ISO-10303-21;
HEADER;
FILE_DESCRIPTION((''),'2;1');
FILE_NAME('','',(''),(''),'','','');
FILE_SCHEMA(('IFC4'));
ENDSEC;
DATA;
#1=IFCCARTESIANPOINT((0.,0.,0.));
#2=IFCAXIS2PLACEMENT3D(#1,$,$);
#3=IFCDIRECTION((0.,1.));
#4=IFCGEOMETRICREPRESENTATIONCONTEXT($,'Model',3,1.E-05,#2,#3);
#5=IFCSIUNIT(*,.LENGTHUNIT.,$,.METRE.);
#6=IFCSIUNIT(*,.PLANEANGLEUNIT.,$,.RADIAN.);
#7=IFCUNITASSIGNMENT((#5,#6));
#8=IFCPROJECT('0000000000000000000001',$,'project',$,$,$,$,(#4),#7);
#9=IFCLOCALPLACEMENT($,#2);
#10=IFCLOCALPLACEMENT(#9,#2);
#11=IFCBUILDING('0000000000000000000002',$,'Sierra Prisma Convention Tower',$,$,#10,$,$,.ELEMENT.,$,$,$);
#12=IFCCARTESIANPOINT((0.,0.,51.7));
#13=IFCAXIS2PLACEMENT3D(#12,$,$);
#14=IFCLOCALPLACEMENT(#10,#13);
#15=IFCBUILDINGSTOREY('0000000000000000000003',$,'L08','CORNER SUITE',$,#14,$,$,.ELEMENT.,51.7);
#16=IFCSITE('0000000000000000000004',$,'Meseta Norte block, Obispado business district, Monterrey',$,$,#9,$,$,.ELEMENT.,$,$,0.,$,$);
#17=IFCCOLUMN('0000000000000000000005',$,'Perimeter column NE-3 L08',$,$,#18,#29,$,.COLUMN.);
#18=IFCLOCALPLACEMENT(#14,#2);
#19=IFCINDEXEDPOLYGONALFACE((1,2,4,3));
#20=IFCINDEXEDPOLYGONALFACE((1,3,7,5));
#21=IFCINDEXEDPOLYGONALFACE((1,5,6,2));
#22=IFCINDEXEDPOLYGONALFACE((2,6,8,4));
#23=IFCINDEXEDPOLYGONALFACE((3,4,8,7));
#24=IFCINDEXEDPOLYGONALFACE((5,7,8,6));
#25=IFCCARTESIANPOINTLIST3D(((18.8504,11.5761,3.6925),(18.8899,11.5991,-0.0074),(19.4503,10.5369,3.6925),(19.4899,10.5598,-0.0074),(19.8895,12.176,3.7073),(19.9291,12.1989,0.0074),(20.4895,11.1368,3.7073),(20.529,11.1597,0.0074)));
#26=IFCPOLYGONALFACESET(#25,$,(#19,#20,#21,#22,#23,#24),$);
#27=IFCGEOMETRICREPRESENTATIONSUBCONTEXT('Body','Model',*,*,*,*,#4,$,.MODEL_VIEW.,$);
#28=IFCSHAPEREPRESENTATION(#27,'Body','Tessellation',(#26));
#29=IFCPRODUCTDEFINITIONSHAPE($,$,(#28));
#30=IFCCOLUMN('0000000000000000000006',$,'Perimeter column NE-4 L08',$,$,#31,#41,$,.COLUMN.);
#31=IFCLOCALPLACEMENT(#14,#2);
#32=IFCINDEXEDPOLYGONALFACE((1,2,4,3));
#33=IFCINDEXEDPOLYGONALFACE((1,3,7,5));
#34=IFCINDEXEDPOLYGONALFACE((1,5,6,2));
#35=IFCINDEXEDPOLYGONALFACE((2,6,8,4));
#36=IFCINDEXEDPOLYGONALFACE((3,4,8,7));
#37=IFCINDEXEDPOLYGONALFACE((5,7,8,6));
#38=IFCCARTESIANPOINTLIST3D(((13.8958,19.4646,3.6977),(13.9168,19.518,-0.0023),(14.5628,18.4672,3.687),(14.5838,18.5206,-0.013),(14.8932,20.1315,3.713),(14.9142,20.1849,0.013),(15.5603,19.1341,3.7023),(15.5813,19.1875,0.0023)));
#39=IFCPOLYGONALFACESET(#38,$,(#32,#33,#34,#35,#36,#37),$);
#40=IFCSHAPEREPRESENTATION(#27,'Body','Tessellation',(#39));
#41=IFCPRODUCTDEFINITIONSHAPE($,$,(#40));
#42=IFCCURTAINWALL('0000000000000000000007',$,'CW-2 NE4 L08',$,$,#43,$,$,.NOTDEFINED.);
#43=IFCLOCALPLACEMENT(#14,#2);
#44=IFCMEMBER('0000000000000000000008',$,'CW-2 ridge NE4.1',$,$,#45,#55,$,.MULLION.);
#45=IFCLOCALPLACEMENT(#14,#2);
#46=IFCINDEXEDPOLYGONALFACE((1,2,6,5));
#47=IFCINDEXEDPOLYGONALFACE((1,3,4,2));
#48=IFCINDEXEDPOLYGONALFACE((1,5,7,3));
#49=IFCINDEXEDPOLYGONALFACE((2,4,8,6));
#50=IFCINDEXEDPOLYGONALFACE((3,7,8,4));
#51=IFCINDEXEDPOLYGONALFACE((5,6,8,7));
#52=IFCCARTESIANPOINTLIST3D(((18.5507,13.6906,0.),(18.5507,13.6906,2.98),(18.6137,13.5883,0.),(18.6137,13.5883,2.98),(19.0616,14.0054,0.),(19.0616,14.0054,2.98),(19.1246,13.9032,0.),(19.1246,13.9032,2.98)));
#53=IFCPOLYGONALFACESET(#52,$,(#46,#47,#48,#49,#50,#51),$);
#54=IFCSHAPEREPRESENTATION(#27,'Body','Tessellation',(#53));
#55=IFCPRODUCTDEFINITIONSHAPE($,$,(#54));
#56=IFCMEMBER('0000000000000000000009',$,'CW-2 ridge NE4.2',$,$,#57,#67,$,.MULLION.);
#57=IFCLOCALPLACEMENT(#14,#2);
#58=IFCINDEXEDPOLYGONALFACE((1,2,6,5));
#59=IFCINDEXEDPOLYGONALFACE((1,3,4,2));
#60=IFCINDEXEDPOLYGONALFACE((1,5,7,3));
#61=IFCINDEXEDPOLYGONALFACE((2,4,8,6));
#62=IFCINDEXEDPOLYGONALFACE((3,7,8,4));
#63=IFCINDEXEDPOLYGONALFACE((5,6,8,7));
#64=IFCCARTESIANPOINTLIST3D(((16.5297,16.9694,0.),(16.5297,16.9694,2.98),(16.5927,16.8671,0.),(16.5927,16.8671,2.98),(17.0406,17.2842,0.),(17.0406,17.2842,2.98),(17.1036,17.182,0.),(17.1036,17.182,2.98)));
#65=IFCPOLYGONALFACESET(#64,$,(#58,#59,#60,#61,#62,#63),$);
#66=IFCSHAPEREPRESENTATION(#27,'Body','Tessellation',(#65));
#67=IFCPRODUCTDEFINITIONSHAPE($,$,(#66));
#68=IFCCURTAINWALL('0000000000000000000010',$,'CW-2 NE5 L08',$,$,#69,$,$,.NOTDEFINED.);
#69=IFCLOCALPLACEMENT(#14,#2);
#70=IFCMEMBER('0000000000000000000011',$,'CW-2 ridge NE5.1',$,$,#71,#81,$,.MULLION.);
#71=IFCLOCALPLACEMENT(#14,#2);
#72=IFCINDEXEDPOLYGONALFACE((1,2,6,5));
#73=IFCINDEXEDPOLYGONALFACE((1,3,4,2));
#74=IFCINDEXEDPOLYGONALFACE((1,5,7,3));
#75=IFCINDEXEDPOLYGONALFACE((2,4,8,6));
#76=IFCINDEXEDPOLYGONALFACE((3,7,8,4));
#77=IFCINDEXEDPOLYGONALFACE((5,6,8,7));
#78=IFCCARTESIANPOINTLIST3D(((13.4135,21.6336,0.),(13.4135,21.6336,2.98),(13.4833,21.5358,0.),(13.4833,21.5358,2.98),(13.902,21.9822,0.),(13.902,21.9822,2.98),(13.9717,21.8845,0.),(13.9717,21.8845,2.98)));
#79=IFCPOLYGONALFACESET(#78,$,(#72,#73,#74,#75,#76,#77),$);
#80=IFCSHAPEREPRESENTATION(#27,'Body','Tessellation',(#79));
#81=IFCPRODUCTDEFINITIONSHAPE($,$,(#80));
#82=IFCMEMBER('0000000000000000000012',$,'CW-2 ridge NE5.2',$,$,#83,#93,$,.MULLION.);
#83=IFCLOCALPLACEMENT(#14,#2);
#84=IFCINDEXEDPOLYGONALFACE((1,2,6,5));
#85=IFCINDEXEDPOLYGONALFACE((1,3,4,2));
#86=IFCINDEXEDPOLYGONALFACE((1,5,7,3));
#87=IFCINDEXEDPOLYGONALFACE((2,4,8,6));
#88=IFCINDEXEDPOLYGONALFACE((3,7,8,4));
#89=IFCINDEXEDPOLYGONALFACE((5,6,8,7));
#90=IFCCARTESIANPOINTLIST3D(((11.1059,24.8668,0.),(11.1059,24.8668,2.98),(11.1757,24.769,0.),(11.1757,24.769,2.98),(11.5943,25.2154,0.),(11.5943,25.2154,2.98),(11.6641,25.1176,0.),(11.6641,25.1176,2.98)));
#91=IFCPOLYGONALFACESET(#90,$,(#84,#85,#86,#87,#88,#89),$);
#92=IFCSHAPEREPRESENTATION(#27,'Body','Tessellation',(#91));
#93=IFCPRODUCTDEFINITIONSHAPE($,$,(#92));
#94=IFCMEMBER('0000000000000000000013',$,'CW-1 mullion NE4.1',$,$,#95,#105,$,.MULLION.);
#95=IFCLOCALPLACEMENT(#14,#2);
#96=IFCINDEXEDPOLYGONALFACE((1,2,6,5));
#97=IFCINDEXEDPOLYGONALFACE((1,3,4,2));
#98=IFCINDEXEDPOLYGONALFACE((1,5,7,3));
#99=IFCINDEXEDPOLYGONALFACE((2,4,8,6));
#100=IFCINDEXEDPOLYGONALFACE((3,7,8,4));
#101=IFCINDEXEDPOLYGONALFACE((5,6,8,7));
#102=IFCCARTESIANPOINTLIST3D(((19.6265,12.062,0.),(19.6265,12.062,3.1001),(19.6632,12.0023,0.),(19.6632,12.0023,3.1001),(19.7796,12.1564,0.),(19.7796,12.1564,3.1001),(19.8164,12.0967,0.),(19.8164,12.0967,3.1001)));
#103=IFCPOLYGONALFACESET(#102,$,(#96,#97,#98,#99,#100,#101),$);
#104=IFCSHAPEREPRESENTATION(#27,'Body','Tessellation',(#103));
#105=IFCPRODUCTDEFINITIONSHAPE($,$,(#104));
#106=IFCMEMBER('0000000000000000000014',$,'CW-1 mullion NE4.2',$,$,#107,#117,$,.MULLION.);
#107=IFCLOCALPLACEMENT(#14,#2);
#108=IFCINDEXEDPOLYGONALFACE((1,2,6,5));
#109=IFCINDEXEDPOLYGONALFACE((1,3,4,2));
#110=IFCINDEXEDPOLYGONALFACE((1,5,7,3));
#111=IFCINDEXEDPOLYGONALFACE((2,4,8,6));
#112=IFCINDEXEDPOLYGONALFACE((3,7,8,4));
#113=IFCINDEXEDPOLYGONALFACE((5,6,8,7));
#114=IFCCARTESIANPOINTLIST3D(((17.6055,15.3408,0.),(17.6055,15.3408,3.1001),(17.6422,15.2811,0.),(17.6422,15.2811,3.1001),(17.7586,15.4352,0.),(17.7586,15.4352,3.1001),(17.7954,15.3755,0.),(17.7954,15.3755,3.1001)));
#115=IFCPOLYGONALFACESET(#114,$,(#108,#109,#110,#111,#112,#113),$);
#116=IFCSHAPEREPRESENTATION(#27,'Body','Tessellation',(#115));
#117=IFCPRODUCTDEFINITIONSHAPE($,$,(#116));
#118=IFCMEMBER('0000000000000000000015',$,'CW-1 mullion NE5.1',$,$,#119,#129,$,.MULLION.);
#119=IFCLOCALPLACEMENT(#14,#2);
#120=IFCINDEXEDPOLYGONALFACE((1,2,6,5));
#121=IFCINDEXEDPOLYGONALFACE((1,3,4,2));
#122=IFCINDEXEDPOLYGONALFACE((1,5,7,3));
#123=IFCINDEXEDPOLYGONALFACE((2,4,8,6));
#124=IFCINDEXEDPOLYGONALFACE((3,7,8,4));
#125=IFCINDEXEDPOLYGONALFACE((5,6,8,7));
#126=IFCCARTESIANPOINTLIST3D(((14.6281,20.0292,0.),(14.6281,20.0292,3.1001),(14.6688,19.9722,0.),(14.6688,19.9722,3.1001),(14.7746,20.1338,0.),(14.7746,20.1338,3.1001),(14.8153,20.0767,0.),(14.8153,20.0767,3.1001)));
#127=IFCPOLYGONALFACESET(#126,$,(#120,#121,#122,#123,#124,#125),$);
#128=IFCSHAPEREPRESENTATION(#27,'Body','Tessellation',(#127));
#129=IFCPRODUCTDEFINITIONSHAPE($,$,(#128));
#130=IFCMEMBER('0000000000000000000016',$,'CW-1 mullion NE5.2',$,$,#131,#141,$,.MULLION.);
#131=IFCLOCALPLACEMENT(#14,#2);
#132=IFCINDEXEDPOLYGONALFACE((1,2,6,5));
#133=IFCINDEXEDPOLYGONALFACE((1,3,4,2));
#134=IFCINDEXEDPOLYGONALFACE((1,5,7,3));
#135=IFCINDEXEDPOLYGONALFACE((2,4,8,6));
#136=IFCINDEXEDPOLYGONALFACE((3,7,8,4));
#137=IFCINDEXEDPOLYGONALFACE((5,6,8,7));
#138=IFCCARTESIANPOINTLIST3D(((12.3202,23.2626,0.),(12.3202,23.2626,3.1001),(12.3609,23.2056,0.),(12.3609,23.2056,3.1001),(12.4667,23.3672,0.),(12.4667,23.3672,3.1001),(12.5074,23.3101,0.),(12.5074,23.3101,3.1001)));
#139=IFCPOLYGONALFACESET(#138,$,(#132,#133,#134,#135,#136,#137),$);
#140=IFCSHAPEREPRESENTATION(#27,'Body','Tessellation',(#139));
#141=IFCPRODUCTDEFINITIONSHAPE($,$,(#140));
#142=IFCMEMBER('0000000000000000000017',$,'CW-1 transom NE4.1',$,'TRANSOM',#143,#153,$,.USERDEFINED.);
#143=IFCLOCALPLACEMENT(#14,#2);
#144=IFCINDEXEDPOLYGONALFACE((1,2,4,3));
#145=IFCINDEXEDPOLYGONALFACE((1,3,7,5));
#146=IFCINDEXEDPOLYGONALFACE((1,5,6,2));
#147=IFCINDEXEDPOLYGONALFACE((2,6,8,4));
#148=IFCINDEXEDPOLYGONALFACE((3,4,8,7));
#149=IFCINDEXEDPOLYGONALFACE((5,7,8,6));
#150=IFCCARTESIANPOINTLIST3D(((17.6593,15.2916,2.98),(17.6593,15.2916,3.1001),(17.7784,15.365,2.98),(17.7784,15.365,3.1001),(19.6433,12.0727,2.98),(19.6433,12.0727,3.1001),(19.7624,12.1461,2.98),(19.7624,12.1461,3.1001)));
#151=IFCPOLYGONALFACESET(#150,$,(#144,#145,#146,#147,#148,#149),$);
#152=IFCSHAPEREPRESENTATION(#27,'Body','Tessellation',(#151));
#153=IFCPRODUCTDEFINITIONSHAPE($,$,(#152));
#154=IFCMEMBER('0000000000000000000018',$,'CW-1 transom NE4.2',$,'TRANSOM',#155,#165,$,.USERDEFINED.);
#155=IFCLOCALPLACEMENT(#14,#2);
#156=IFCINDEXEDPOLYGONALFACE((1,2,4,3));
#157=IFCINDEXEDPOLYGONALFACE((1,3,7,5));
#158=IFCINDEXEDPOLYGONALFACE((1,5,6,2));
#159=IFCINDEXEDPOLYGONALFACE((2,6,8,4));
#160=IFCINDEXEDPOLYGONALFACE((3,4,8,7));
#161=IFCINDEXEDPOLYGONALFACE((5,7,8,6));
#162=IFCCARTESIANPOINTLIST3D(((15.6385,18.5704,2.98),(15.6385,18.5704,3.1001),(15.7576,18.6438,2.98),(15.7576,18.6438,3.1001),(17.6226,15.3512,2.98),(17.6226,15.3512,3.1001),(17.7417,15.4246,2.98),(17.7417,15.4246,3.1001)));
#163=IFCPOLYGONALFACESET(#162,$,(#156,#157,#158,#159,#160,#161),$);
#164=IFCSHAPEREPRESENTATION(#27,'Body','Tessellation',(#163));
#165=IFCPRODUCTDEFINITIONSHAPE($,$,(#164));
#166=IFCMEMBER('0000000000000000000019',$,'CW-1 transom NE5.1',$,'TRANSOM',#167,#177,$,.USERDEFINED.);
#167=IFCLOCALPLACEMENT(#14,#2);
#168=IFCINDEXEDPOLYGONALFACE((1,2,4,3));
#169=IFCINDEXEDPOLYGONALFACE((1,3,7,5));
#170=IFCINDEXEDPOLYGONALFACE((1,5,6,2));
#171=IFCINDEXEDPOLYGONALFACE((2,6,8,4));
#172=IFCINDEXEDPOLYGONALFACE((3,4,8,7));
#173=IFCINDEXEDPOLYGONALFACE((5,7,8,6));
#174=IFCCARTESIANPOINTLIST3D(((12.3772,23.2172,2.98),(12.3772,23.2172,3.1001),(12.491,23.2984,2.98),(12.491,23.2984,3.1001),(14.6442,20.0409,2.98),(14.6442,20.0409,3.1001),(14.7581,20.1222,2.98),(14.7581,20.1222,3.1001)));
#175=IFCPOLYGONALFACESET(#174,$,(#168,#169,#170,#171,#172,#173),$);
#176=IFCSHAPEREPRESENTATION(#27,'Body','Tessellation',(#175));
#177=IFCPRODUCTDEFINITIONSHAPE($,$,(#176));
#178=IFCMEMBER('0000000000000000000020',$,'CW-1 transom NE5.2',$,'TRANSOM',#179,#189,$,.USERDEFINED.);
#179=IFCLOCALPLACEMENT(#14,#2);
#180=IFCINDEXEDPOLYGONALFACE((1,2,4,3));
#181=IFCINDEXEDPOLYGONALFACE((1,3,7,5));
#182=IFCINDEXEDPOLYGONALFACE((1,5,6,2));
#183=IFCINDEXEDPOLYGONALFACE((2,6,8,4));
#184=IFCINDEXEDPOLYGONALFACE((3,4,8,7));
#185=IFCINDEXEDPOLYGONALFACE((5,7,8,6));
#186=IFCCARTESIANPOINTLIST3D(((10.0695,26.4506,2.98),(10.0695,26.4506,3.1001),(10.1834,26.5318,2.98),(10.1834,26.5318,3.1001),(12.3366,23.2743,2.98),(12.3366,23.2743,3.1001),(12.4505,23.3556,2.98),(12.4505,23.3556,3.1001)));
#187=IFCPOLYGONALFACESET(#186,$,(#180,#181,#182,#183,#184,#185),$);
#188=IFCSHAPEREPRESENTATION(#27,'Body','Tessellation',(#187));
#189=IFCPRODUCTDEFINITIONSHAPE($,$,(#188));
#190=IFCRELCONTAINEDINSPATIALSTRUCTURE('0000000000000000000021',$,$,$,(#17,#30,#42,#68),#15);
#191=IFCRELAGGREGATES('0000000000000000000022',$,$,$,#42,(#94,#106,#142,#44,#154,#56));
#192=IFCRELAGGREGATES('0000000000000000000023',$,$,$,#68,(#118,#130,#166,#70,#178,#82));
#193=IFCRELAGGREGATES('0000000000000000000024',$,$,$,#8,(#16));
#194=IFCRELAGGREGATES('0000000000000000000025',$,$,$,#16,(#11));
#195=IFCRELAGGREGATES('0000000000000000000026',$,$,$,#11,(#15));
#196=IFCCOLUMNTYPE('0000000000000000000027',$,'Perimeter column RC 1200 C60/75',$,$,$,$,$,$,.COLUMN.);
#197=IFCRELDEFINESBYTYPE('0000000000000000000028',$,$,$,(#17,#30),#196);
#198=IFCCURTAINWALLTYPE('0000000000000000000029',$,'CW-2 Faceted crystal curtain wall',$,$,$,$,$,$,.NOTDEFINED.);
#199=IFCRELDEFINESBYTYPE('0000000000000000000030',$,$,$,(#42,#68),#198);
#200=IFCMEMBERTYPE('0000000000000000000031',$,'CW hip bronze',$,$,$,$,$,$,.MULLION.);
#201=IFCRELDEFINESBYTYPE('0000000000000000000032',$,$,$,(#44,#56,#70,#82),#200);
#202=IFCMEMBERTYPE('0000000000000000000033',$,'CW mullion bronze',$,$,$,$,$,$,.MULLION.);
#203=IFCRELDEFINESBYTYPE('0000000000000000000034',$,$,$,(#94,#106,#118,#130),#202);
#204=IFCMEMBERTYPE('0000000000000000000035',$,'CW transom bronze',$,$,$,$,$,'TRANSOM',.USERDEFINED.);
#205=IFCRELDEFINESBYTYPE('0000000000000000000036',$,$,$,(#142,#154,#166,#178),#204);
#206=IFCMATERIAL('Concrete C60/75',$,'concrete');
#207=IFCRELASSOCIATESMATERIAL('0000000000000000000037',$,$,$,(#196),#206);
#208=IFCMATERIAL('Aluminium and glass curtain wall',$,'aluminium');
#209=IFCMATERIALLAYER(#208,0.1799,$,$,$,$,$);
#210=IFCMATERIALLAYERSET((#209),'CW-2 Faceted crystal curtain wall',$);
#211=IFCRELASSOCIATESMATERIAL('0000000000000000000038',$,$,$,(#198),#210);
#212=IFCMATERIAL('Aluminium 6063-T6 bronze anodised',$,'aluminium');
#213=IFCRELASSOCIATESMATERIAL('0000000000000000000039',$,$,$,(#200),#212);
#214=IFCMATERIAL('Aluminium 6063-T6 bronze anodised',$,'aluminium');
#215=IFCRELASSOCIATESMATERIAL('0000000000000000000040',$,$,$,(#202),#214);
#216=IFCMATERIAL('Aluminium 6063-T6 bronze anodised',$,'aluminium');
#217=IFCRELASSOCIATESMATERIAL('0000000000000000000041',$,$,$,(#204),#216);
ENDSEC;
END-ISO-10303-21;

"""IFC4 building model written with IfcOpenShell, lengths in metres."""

from ifc_helpers import new_model, si_unit, direction, frame, origin, origin_2d, place, context, subcontext, project, spatial, rectangle, extrude, material, layer, layer_set, material_profile, profile_set, type_object, element, aggregate, save


model = new_model("IFC4")

# Units and contexts
model_context = context("Model", 3, precision=1e-05, world=origin(), true_north=direction((0.0, 1.0)))
body_context = subcontext(model_context, "Body", "Model", "MODEL_VIEW")
ifc_project = project(units=[si_unit("LENGTHUNIT", "METRE"), si_unit("PLANEANGLEUNIT", "RADIAN")], contexts=[model_context])

# Site, building, storey
site_placement = place(None, origin())
site = spatial("IfcSite", under=ifc_project, at=site_placement, Name="Meseta Norte block, Obispado business district, Monterrey", CompositionType="ELEMENT", RefElevation=0.0)
building_placement = place(site_placement, origin())
building = spatial("IfcBuilding", under=site, at=building_placement, Name="Sierra Prisma Convention Tower", CompositionType="ELEMENT")
storey_placement = place(building_placement, frame((0.0, 0.0, 51.7)))
storey = spatial("IfcBuildingStorey", under=building, at=storey_placement, Name="L08", Description="CORNER SUITE", CompositionType="ELEMENT", Elevation=51.7)

# Columns
ifc_material_1 = material(Name="Concrete C60/75", Category="concrete")
ifc_material_profile_1 = material_profile(ifc_material_1, rectangle(XDim=1.2, YDim=1.2, at=origin_2d()), Name="Perimeter column RC 1200 C60/75")
ifc_profile_set_1 = profile_set([ifc_material_profile_1], Name="Concrete C60/75")
column_type = type_object("IfcColumnType", Name="Perimeter column RC 1200 C60/75", PredefinedType="COLUMN", material=ifc_profile_set_1)
column_1_placement = place(storey_placement, frame((19.7095, 11.3794, 0.0), z_axis=(-0.010689, -0.006202, 0.999924), x_axis=(-0.499971, 0.866042, 0.000027)))
element("IfcColumn", 1, at=column_1_placement, inside=storey, type_object=column_type, Name="Perimeter column NE-3 L08", PredefinedType="COLUMN", context=body_context, shape_type="SweptSolid", body=[
    extrude(rectangle(XDim=1.2, YDim=1.2, at=origin_2d()), origin(), (0.0, 0.0, 1.0), 3.7002),
])
column_2_placement = place(storey_placement, frame((14.749, 19.3528, 0.0), z_axis=(-0.005674, -0.014449, 0.99988), x_axis=(-0.555902, 0.8312, 0.008857)))
element("IfcColumn", 2, at=column_2_placement, inside=storey, type_object=column_type, Name="Perimeter column NE-4 L08", PredefinedType="COLUMN", context=body_context, shape_type="SweptSolid", body=[
    extrude(rectangle(XDim=1.2, YDim=1.2, at=origin_2d()), origin(), (0.0, 0.0, 1.0), 3.7004),
])

# Curtain walls, members
ifc_material_2 = material(Name="Aluminium and glass curtain wall", Category="aluminium")
ifc_layer_1 = layer(ifc_material_2, 0.1799)
ifc_layer_set_1 = layer_set([ifc_layer_1], Name="CW-2 Faceted crystal curtain wall")
curtain_wall_type = type_object("IfcCurtainWallType", Name="CW-2 Faceted crystal curtain wall", PredefinedType="NOTDEFINED", material=ifc_layer_set_1)
curtain_wall_1_placement = place(storey_placement, origin())
curtain_wall_1 = element("IfcCurtainWall", 3, at=curtain_wall_1_placement, inside=storey, type_object=curtain_wall_type, Name="CW-2 NE4 L08", PredefinedType="NOTDEFINED")
ifc_material_3 = material(Name="Aluminium 6063-T6 bronze anodised", Category="aluminium")
ifc_material_profile_2 = material_profile(ifc_material_3, rectangle(XDim=0.1201, YDim=0.6001, at=origin_2d()), Name="ALU RIDGE BLADE 120x600")
ifc_profile_set_2 = profile_set([ifc_material_profile_2], Name="Aluminium 6063-T6 bronze anodised")
member_type_1 = type_object("IfcMemberType", Name="CW hip bronze", PredefinedType="MULLION", material=ifc_profile_set_2)
member_1_placement = place(storey_placement, frame((18.8376, 13.7969, 0.0), z_axis=(0.0, 0.0, 1.0), x_axis=(-0.524692, 0.851292, 0.0)))
member_1 = element("IfcMember", 4, at=member_1_placement, type_object=member_type_1, Name="CW-2 ridge NE4.1", PredefinedType="MULLION", context=body_context, shape_type="SweptSolid", body=[
    extrude(rectangle(XDim=0.1201, YDim=0.6001, at=origin_2d()), origin(), (0.0, 0.0, 1.0), 2.98),
])
member_2_placement = place(storey_placement, frame((16.8167, 17.0757, 0.0), z_axis=(0.0, 0.0, 1.0), x_axis=(-0.524692, 0.851292, 0.0)))
member_2 = element("IfcMember", 5, at=member_2_placement, type_object=member_type_1, Name="CW-2 ridge NE4.2", PredefinedType="MULLION", context=body_context, shape_type="SweptSolid", body=[
    extrude(rectangle(XDim=0.1201, YDim=0.6001, at=origin_2d()), origin(), (0.0, 0.0, 1.0), 2.98),
])
curtain_wall_2_placement = place(storey_placement, origin())
curtain_wall_2 = element("IfcCurtainWall", 6, at=curtain_wall_2_placement, inside=storey, type_object=curtain_wall_type, Name="CW-2 NE5 L08", PredefinedType="NOTDEFINED")
member_3_placement = place(storey_placement, frame((13.6926, 21.759, 0.0), z_axis=(0.0, 0.0, 1.0), x_axis=(-0.58094, 0.813947, 0.0)))
member_3 = element("IfcMember", 7, at=member_3_placement, type_object=member_type_1, Name="CW-2 ridge NE5.1", PredefinedType="MULLION", context=body_context, shape_type="SweptSolid", body=[
    extrude(rectangle(XDim=0.1201, YDim=0.6001, at=origin_2d()), origin(), (0.0, 0.0, 1.0), 2.98),
])
member_4_placement = place(storey_placement, frame((11.385, 24.9922, 0.0), z_axis=(0.0, 0.0, 1.0), x_axis=(-0.58094, 0.813947, 0.0)))
member_4 = element("IfcMember", 8, at=member_4_placement, type_object=member_type_1, Name="CW-2 ridge NE5.2", PredefinedType="MULLION", context=body_context, shape_type="SweptSolid", body=[
    extrude(rectangle(XDim=0.1201, YDim=0.6001, at=origin_2d()), origin(), (0.0, 0.0, 1.0), 2.98),
])

# Members
ifc_material_4 = material(Name="Aluminium 6063-T6 bronze anodised", Category="aluminium")
ifc_material_profile_3 = material_profile(ifc_material_4, rectangle(XDim=0.1799, YDim=0.0701, at=origin_2d()), Name="ALU MULLION 70x180")
ifc_profile_set_3 = profile_set([ifc_material_profile_3], Name="Aluminium 6063-T6 bronze anodised")
member_type_2 = type_object("IfcMemberType", Name="CW mullion bronze", PredefinedType="MULLION", material=ifc_profile_set_3)
member_5_placement = place(storey_placement, frame((19.7214, 12.0793, 0.0), z_axis=(0.0, 0.0, 1.0), x_axis=(-0.851292, -0.524692, 0.0)))
member_5 = element("IfcMember", 9, at=member_5_placement, type_object=member_type_2, Name="CW-1 mullion NE4.1", PredefinedType="MULLION", context=body_context, shape_type="SweptSolid", body=[
    extrude(rectangle(XDim=0.1799, YDim=0.0701, at=origin_2d()), origin(), (0.0, 0.0, 1.0), 3.1001),
])
member_6_placement = place(storey_placement, frame((17.7004, 15.3582, 0.0), z_axis=(0.0, 0.0, 1.0), x_axis=(-0.851292, -0.524692, 0.0)))
member_6 = element("IfcMember", 10, at=member_6_placement, type_object=member_type_2, Name="CW-1 mullion NE4.2", PredefinedType="MULLION", context=body_context, shape_type="SweptSolid", body=[
    extrude(rectangle(XDim=0.1799, YDim=0.0701, at=origin_2d()), origin(), (0.0, 0.0, 1.0), 3.1001),
])
member_7_placement = place(storey_placement, frame((14.7217, 20.053, 0.0), z_axis=(0.0, 0.0, 1.0), x_axis=(-0.813947, -0.58094, 0.0)))
member_7 = element("IfcMember", 11, at=member_7_placement, type_object=member_type_2, Name="CW-1 mullion NE5.1", PredefinedType="MULLION", context=body_context, shape_type="SweptSolid", body=[
    extrude(rectangle(XDim=0.1799, YDim=0.0701, at=origin_2d()), origin(), (0.0, 0.0, 1.0), 3.1001),
])
member_8_placement = place(storey_placement, frame((12.4138, 23.2864, 0.0), z_axis=(0.0, 0.0, 1.0), x_axis=(-0.813947, -0.58094, 0.0)))
member_8 = element("IfcMember", 12, at=member_8_placement, type_object=member_type_2, Name="CW-1 mullion NE5.2", PredefinedType="MULLION", context=body_context, shape_type="SweptSolid", body=[
    extrude(rectangle(XDim=0.1799, YDim=0.0701, at=origin_2d()), origin(), (0.0, 0.0, 1.0), 3.1001),
])
ifc_material_5 = material(Name="Aluminium 6063-T6 bronze anodised", Category="aluminium")
ifc_material_profile_4 = material_profile(ifc_material_5, rectangle(XDim=0.1399, YDim=0.1201, at=origin_2d()), Name="ALU TRANSOM 120x140")
ifc_profile_set_4 = profile_set([ifc_material_profile_4], Name="Aluminium 6063-T6 bronze anodised")
member_type_3 = type_object("IfcMemberType", Name="CW transom bronze", ElementType="TRANSOM", PredefinedType="USERDEFINED", material=ifc_profile_set_4)
member_9_placement = place(storey_placement, frame((19.7029, 12.1094, 3.04), z_axis=(-0.524713, 0.851279, 0.0), x_axis=(-0.851279, -0.524713, 0.0)))
member_9 = element("IfcMember", 13, at=member_9_placement, type_object=member_type_3, Name="CW-1 transom NE4.1", ObjectType="TRANSOM", PredefinedType="USERDEFINED", context=body_context, shape_type="SweptSolid", body=[
    extrude(rectangle(XDim=0.1399, YDim=0.1201, at=origin_2d()), origin(), (0.0, 0.0, 1.0), 3.7812),
])
member_10_placement = place(storey_placement, frame((17.6821, 15.3879, 3.04), z_axis=(-0.524684, 0.851297, 0.0), x_axis=(-0.851297, -0.524684, 0.0)))
member_10 = element("IfcMember", 14, at=member_10_placement, type_object=member_type_3, Name="CW-1 transom NE4.2", ObjectType="TRANSOM", PredefinedType="USERDEFINED", context=body_context, shape_type="SweptSolid", body=[
    extrude(rectangle(XDim=0.1399, YDim=0.1201, at=origin_2d()), origin(), (0.0, 0.0, 1.0), 3.7815),
])
member_11_placement = place(storey_placement, frame((14.7012, 20.0815, 3.04), z_axis=(-0.580954, 0.813936, 0.0), x_axis=(-0.813936, -0.580954, 0.0)))
member_11 = element("IfcMember", 15, at=member_11_placement, type_object=member_type_3, Name="CW-1 transom NE5.1", ObjectType="TRANSOM", PredefinedType="USERDEFINED", context=body_context, shape_type="SweptSolid", body=[
    extrude(rectangle(XDim=0.1399, YDim=0.1201, at=origin_2d()), origin(), (0.0, 0.0, 1.0), 3.9023),
])
member_12_placement = place(storey_placement, frame((12.3936, 23.3149, 3.04), z_axis=(-0.580954, 0.813936, 0.0), x_axis=(-0.813936, -0.580954, 0.0)))
member_12 = element("IfcMember", 16, at=member_12_placement, type_object=member_type_3, Name="CW-1 transom NE5.2", ObjectType="TRANSOM", PredefinedType="USERDEFINED", context=body_context, shape_type="SweptSolid", body=[
    extrude(rectangle(XDim=0.1399, YDim=0.1201, at=origin_2d()), origin(), (0.0, 0.0, 1.0), 3.9023),
])

aggregate(curtain_wall_1, [member_5, member_6, member_9, member_1, member_10, member_2])
aggregate(curtain_wall_2, [member_7, member_8, member_11, member_3, member_12, member_4])

save(model, "model.ifc")
